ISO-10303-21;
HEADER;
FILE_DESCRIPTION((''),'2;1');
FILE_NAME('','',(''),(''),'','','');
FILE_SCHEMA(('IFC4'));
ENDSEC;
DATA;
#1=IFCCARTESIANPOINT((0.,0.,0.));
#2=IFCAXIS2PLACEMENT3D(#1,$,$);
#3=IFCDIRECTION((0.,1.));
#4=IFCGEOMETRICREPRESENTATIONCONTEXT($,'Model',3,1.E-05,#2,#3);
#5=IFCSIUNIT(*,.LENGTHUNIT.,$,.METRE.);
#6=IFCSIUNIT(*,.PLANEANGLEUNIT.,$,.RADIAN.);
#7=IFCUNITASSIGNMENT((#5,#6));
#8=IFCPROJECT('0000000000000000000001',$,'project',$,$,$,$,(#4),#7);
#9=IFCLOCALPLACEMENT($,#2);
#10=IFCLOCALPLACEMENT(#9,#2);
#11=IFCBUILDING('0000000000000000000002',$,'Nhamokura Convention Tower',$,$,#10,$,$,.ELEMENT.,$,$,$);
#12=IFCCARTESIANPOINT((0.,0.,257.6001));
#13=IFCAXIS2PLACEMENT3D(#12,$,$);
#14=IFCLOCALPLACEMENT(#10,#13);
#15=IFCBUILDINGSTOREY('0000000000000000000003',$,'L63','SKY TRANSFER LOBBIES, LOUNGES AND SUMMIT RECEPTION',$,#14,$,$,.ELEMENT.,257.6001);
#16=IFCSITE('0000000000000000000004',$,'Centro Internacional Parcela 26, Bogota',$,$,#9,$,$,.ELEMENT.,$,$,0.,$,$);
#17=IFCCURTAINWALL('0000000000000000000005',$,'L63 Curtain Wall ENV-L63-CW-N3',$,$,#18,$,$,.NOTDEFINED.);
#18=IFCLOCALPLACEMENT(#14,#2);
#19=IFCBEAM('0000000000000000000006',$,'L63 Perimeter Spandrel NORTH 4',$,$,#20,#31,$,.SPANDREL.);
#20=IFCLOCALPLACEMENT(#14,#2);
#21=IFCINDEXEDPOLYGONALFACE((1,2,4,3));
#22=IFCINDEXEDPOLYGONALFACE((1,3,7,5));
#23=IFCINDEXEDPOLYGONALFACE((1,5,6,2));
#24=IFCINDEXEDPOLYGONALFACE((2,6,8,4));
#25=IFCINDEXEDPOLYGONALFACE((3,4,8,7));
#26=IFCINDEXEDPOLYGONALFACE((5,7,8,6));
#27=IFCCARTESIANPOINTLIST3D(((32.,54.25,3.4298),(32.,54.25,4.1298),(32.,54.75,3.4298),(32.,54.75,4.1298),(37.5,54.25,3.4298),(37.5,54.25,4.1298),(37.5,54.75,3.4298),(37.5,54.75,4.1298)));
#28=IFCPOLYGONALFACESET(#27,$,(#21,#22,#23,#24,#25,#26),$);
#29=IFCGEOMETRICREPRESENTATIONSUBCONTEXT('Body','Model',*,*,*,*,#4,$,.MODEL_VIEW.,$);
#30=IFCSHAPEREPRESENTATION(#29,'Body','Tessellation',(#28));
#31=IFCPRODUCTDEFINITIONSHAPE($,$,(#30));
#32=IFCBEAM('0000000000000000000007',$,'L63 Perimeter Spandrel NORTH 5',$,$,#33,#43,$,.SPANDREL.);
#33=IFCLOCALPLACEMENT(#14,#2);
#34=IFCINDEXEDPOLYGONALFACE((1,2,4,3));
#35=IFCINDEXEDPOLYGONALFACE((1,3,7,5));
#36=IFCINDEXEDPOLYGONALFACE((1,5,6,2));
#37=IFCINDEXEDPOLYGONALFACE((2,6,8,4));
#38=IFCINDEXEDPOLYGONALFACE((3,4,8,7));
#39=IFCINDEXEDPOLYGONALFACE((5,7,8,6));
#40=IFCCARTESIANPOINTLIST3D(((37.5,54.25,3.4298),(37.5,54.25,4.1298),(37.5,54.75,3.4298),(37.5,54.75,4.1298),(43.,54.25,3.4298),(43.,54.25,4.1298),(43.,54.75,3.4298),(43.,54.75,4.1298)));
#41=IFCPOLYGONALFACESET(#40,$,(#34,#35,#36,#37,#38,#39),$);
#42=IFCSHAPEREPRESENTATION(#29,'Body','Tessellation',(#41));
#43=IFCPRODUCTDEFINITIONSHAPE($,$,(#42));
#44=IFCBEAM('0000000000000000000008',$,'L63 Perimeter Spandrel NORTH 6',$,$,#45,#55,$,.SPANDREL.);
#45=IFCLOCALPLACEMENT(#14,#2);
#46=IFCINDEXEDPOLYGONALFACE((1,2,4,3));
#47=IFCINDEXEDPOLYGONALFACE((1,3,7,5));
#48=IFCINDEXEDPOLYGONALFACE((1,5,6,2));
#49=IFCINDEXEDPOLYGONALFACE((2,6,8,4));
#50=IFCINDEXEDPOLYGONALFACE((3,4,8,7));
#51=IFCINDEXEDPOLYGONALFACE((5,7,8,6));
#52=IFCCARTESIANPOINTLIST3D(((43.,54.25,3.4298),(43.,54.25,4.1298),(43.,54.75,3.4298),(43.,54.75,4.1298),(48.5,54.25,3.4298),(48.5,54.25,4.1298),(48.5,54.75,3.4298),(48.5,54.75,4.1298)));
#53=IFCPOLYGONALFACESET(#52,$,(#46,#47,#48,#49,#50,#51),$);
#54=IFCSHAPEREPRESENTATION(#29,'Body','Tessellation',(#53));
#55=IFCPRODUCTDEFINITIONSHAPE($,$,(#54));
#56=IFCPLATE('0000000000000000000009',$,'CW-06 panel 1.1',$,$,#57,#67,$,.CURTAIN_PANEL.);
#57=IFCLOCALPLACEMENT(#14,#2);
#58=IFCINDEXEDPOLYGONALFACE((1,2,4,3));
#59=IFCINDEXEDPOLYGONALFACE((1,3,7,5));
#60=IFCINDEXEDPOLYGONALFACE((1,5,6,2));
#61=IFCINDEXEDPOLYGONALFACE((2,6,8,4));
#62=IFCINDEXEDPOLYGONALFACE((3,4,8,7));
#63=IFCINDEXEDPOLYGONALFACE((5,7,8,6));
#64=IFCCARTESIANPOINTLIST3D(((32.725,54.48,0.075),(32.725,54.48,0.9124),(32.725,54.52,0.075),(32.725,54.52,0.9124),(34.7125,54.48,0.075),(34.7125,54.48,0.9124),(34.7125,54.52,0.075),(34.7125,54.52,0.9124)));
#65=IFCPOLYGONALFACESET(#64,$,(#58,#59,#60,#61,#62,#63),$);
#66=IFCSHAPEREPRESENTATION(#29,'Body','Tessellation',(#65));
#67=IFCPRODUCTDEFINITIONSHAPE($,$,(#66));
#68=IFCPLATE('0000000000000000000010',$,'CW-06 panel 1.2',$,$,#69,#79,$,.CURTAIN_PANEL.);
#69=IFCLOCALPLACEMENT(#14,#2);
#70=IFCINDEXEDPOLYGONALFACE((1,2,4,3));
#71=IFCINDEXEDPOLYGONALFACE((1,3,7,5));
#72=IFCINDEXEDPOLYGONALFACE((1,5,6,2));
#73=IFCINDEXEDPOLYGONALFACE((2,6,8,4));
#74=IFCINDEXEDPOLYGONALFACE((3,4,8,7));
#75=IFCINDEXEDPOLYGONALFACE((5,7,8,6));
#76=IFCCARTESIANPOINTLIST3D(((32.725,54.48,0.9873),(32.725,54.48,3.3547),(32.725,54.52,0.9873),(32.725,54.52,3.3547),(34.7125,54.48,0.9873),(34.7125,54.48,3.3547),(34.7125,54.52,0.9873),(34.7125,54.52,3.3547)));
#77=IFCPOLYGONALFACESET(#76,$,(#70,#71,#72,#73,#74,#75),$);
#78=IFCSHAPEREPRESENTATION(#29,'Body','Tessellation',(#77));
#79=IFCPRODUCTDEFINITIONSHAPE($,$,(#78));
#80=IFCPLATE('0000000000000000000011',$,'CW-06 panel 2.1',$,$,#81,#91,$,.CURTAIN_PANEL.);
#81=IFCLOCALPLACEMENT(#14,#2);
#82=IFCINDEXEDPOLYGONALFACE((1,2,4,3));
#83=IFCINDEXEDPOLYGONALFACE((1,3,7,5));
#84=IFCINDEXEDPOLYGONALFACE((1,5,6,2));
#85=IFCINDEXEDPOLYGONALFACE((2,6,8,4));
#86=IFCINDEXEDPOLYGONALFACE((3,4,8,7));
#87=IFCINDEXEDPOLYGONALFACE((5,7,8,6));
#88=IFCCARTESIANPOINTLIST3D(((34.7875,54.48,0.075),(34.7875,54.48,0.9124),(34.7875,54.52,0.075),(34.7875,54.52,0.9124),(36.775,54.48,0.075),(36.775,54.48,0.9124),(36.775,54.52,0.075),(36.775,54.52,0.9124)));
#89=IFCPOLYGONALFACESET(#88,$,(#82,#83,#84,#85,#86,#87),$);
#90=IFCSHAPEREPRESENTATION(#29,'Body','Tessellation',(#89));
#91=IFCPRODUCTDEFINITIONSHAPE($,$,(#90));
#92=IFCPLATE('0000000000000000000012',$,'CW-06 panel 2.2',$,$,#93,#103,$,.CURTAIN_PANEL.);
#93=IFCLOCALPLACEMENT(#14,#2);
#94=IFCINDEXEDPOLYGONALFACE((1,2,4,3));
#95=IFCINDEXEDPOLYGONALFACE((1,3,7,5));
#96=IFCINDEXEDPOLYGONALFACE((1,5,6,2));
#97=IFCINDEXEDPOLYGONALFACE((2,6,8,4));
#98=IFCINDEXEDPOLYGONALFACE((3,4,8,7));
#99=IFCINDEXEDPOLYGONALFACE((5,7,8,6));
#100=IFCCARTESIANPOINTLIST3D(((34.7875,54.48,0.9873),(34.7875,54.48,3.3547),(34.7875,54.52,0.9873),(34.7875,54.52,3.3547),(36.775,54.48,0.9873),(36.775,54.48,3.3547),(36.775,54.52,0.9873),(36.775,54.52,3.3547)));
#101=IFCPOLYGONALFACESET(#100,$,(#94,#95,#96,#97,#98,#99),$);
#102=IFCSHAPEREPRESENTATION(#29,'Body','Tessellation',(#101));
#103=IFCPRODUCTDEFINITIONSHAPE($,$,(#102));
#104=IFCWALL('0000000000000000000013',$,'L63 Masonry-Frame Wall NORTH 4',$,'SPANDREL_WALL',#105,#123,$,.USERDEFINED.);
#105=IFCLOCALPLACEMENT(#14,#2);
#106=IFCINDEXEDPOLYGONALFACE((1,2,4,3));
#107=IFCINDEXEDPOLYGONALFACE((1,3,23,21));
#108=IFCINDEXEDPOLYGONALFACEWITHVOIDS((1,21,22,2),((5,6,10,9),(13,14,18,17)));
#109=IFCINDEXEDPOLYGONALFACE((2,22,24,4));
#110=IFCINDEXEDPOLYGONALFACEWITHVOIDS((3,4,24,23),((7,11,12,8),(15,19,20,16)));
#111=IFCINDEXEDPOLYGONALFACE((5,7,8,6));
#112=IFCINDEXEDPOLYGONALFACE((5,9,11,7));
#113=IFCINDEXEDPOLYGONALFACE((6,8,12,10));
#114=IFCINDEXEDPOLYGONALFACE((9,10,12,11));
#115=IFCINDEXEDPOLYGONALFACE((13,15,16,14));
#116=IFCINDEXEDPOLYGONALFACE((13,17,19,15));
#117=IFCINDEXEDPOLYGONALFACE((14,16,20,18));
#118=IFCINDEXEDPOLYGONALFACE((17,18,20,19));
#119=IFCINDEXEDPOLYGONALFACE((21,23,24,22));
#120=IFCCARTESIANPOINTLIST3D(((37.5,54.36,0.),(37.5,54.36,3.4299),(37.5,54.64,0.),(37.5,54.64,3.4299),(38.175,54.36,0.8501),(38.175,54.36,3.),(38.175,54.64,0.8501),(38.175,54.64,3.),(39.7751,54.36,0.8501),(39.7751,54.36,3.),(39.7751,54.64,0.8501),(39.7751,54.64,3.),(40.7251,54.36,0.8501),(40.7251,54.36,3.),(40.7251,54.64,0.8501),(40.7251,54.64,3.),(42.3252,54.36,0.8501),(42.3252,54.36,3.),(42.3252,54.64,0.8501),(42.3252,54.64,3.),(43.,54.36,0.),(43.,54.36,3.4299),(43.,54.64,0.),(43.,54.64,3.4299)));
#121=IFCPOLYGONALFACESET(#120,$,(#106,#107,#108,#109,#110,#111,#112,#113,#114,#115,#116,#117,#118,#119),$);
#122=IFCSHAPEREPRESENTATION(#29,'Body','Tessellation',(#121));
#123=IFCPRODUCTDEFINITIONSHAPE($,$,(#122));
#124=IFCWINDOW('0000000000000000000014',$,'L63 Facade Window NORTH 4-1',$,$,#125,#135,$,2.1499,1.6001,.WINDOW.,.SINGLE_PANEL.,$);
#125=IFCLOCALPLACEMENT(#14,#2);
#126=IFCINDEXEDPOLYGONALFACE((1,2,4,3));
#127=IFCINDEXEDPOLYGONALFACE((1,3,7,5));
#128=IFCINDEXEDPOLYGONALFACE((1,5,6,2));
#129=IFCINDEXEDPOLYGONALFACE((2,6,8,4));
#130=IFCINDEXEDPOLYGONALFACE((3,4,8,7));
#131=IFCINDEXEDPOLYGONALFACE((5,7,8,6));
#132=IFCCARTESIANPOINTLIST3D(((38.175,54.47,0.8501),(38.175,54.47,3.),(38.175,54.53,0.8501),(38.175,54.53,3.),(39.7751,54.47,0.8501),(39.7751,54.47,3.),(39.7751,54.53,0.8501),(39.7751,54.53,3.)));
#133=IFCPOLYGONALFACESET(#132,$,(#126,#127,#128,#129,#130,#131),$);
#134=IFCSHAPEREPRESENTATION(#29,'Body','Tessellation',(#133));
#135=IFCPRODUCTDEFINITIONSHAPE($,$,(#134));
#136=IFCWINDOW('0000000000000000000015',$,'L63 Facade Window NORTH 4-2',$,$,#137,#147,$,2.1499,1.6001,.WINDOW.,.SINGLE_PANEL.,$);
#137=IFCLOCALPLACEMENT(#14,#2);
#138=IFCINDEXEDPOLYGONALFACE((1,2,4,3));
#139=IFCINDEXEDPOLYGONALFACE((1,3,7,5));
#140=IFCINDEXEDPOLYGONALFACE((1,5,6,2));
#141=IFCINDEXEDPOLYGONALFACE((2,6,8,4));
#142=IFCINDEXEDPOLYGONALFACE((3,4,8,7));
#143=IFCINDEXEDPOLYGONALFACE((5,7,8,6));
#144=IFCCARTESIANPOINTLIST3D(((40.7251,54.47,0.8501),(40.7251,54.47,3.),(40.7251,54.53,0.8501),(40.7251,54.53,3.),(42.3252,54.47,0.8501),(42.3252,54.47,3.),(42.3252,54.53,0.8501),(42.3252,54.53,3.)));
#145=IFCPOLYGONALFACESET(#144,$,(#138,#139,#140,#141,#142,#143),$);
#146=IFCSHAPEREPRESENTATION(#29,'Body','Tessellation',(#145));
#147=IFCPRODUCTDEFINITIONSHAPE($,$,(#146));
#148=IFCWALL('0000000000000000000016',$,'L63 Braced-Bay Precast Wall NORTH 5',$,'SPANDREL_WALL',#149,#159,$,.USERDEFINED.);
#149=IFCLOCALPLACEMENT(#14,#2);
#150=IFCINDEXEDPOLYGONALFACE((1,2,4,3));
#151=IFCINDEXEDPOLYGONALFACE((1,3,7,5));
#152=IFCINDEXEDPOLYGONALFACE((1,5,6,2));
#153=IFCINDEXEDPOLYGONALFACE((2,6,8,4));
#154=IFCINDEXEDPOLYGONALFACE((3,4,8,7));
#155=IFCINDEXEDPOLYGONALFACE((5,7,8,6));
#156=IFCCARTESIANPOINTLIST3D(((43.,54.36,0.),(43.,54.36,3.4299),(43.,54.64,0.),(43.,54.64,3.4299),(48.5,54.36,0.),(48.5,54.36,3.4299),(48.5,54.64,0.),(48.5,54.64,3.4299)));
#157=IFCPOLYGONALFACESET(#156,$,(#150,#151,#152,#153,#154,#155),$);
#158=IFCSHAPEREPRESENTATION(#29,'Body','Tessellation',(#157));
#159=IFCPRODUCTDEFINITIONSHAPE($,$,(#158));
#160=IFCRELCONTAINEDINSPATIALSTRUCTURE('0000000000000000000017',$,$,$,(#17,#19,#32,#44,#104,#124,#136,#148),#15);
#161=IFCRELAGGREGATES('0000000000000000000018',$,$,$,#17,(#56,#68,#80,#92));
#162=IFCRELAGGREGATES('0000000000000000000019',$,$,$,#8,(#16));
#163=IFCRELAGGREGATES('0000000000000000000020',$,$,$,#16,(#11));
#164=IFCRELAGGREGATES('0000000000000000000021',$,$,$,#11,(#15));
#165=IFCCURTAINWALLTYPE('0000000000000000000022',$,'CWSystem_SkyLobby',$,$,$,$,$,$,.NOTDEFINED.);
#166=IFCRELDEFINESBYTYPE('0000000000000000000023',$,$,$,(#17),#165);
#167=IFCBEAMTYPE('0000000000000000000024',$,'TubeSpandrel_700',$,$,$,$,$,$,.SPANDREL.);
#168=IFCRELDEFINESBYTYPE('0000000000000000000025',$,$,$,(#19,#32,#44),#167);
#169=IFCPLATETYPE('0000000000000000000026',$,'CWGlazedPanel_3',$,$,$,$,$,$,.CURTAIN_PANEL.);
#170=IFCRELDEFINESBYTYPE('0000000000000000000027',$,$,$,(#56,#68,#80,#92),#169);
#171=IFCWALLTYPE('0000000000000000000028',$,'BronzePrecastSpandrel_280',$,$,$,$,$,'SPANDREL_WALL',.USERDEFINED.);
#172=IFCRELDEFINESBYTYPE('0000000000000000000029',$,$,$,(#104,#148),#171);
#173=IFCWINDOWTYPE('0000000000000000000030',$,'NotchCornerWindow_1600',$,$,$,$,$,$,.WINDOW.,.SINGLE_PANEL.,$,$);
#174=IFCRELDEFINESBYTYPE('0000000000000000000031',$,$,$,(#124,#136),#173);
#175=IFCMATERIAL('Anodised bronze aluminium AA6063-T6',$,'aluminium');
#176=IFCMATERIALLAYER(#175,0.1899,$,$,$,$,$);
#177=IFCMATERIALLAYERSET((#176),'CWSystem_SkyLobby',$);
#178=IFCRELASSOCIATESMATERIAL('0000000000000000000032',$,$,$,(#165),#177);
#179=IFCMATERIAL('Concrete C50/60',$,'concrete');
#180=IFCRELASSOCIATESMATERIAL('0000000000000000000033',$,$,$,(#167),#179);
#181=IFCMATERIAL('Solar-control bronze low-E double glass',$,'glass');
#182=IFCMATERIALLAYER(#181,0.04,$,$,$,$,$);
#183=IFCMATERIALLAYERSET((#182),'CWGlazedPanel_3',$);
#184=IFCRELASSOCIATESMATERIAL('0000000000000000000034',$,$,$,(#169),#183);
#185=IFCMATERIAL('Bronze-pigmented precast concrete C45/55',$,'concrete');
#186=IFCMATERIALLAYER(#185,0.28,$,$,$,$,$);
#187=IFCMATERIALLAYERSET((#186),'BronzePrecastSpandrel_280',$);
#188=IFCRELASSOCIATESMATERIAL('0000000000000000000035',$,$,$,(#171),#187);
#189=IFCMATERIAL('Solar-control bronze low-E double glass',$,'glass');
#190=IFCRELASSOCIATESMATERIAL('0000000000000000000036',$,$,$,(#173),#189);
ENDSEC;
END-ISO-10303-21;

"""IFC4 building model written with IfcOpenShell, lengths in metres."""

from ifc_helpers import new_model, si_unit, direction, frame, frame_2d, origin, origin_2d, place, context, subcontext, project, spatial, rectangle, extrude, material, layer, layer_set, material_profile, profile_set, type_object, element, fill, aggregate, save


model = new_model("IFC4")

# Units and contexts
model_context = context("Model", 3, precision=1e-05, world=origin(), true_north=direction((0.0, 1.0)))
body_context = subcontext(model_context, "Body", "Model", "MODEL_VIEW")
ifc_project = project(units=[si_unit("LENGTHUNIT", "METRE"), si_unit("PLANEANGLEUNIT", "RADIAN")], contexts=[model_context])

# Site, building, storey
site_placement = place(None, origin())
site = spatial("IfcSite", under=ifc_project, at=site_placement, Name="Centro Internacional Parcela 26, Bogota", CompositionType="ELEMENT", RefElevation=0.0)
building_placement = place(site_placement, origin())
building = spatial("IfcBuilding", under=site, at=building_placement, Name="Nhamokura Convention Tower", CompositionType="ELEMENT")
storey_placement = place(building_placement, frame((0.0, 0.0, 257.6001)))
storey = spatial("IfcBuildingStorey", under=building, at=storey_placement, Name="L63", Description="SKY TRANSFER LOBBIES, LOUNGES AND SUMMIT RECEPTION", CompositionType="ELEMENT", Elevation=257.6001)

# Curtain wall
ifc_material_1 = material(Name="Anodised bronze aluminium AA6063-T6", Category="aluminium")
ifc_layer_1 = layer(ifc_material_1, 0.1899)
ifc_layer_set_1 = layer_set([ifc_layer_1], Name="CWSystem_SkyLobby")
curtain_wall_type = type_object("IfcCurtainWallType", Name="CWSystem_SkyLobby", PredefinedType="NOTDEFINED", material=ifc_layer_set_1)
curtain_wall_placement = place(storey_placement, origin())
curtain_wall = element("IfcCurtainWall", 1, at=curtain_wall_placement, inside=storey, type_object=curtain_wall_type, Name="L63 Curtain Wall ENV-L63-CW-N3", PredefinedType="NOTDEFINED")

# Beams
ifc_material_2 = material(Name="Concrete C50/60", Category="concrete")
ifc_material_profile_1 = material_profile(ifc_material_2, rectangle(XDim=0.5, YDim=0.7, at=origin_2d()))
ifc_profile_set_1 = profile_set([ifc_material_profile_1], Name="Concrete C50/60")
beam_type = type_object("IfcBeamType", Name="TubeSpandrel_700", PredefinedType="SPANDREL", material=ifc_profile_set_1)
for number, where, z_axis, x_axis, name in (
    (2, (32.0, 54.5, 3.7798), (1.0, 0.0, 0.0), (0.0, 1.0, 0.0), "L63 Perimeter Spandrel NORTH 4"),
    (3, (37.5, 54.5, 3.7798), (1.0, 0.0, 0.0), (0.0, 1.0, 0.0), "L63 Perimeter Spandrel NORTH 5"),
    (4, (43.0, 54.5, 3.7798), (1.0, 0.0, 0.0), (0.0, 1.0, 0.0), "L63 Perimeter Spandrel NORTH 6"),
):
    element("IfcBeam", number, at=place(storey_placement, frame(where, z_axis=z_axis, x_axis=x_axis)), inside=storey, type_object=beam_type, Name=name, PredefinedType="SPANDREL", context=body_context, shape_type="SweptSolid", body=[
        extrude(rectangle(XDim=0.5, YDim=0.7, at=origin_2d()), origin(), (0.0, 0.0, 1.0), 5.5),
    ])

# Plates
ifc_material_3 = material(Name="Solar-control bronze low-E double glass", Category="glass")
ifc_layer_2 = layer(ifc_material_3, 0.04)
ifc_layer_set_2 = layer_set([ifc_layer_2], Name="CWGlazedPanel_3")
plate_type = type_object("IfcPlateType", Name="CWGlazedPanel_3", PredefinedType="CURTAIN_PANEL", material=ifc_layer_set_2)
plate_1_placement = place(storey_placement, frame((33.7188, 54.5, 0.075), z_axis=(0.0, 0.0, 1.0), x_axis=(1.0, 0.0, 0.0)))
plate_1 = element("IfcPlate", 5, at=plate_1_placement, type_object=plate_type, Name="CW-06 panel 1.1", PredefinedType="CURTAIN_PANEL", context=body_context, shape_type="SweptSolid", body=[
    extrude(rectangle(XDim=1.9875, YDim=0.04, at=origin_2d()), origin(), (0.0, 0.0, 1.0), 0.8374),
])
plate_2_placement = place(storey_placement, frame((33.7188, 54.5, 0.9873), z_axis=(0.0, 0.0, 1.0), x_axis=(1.0, 0.0, 0.0)))
plate_2 = element("IfcPlate", 6, at=plate_2_placement, type_object=plate_type, Name="CW-06 panel 1.2", PredefinedType="CURTAIN_PANEL", context=body_context, shape_type="SweptSolid", body=[
    extrude(rectangle(XDim=1.9875, YDim=0.04, at=origin_2d()), origin(), (0.0, 0.0, 1.0), 2.3674),
])
plate_3_placement = place(storey_placement, frame((35.7812, 54.5, 0.075), z_axis=(0.0, 0.0, 1.0), x_axis=(1.0, 0.0, 0.0)))
plate_3 = element("IfcPlate", 7, at=plate_3_placement, type_object=plate_type, Name="CW-06 panel 2.1", PredefinedType="CURTAIN_PANEL", context=body_context, shape_type="SweptSolid", body=[
    extrude(rectangle(XDim=1.9875, YDim=0.04, at=origin_2d()), origin(), (0.0, 0.0, 1.0), 0.8374),
])
plate_4_placement = place(storey_placement, frame((35.7812, 54.5, 0.9873), z_axis=(0.0, 0.0, 1.0), x_axis=(1.0, 0.0, 0.0)))
plate_4 = element("IfcPlate", 8, at=plate_4_placement, type_object=plate_type, Name="CW-06 panel 2.2", PredefinedType="CURTAIN_PANEL", context=body_context, shape_type="SweptSolid", body=[
    extrude(rectangle(XDim=1.9875, YDim=0.04, at=origin_2d()), origin(), (0.0, 0.0, 1.0), 2.3674),
])
aggregate(curtain_wall, [plate_1, plate_2, plate_3, plate_4])

# Wall, openings, windows
ifc_material_4 = material(Name="Bronze-pigmented precast concrete C45/55", Category="concrete")
ifc_layer_3 = layer(ifc_material_4, 0.28)
ifc_layer_set_3 = layer_set([ifc_layer_3], Name="BronzePrecastSpandrel_280")
wall_type = type_object("IfcWallType", Name="BronzePrecastSpandrel_280", ElementType="SPANDREL_WALL", PredefinedType="USERDEFINED", material=ifc_layer_set_3)
wall_1_placement = place(storey_placement, frame((37.5, 54.5, 0.0), z_axis=(0.0, 0.0, 1.0), x_axis=(1.0, 0.0, 0.0)))
wall_1 = element("IfcWall", 9, at=wall_1_placement, inside=storey, type_object=wall_type, Name="L63 Masonry-Frame Wall NORTH 4", ObjectType="SPANDREL_WALL", PredefinedType="USERDEFINED", context=body_context, shape_type="SweptSolid", body=[
    extrude(rectangle(XDim=5.5, YDim=0.28, at=frame_2d((2.75, 0.0))), origin(), (0.0, 0.0, 1.0), 3.4299),
])
opening_1_placement = place(wall_1_placement, frame((0.675, 0.0, 0.8501)))
opening_1 = element("IfcOpeningElement", 10, at=opening_1_placement, cuts=wall_1, PredefinedType="OPENING", context=body_context, shape_type="SweptSolid", body=[
    extrude(rectangle(XDim=1.6001, YDim=2.1499, at=frame_2d((0.8, 1.075))), frame((0.0, 0.1499, 0.0), z_axis=(0.0, -1.0, 0.0), x_axis=(1.0, 0.0, 0.0)), (0.0, 0.0, 1.0), 0.3),
])
opening_2_placement = place(wall_1_placement, frame((3.2251, 0.0, 0.8501)))
opening_2 = element("IfcOpeningElement", 11, at=opening_2_placement, cuts=wall_1, PredefinedType="OPENING", context=body_context, shape_type="SweptSolid", body=[
    extrude(rectangle(XDim=1.6001, YDim=2.1499, at=frame_2d((0.8, 1.075))), frame((0.0, 0.1499, 0.0), z_axis=(0.0, -1.0, 0.0), x_axis=(1.0, 0.0, 0.0)), (0.0, 0.0, 1.0), 0.3),
])
ifc_material_5 = material(Name="Solar-control bronze low-E double glass", Category="glass")
window_type = type_object("IfcWindowType", Name="NotchCornerWindow_1600", PartitioningType="SINGLE_PANEL", PredefinedType="WINDOW", material=ifc_material_5)
window_1_placement = place(opening_1_placement, origin())
window_1 = element("IfcWindow", 12, at=window_1_placement, inside=storey, type_object=window_type, Name="L63 Facade Window NORTH 4-1", OverallHeight=2.1499, OverallWidth=1.6001, PartitioningType="SINGLE_PANEL", PredefinedType="WINDOW", context=body_context, shape_type="SweptSolid", body=[
    extrude(rectangle(XDim=1.6001, YDim=2.1499, at=frame_2d((0.8, 1.075))), frame((0.0, 0.03, 0.0), z_axis=(0.0, -1.0, 0.0), x_axis=(1.0, 0.0, 0.0)), (0.0, 0.0, 1.0), 0.0601),
])
fill(opening_1, window_1)
window_2_placement = place(opening_2_placement, origin())
window_2 = element("IfcWindow", 13, at=window_2_placement, inside=storey, type_object=window_type, Name="L63 Facade Window NORTH 4-2", OverallHeight=2.1499, OverallWidth=1.6001, PartitioningType="SINGLE_PANEL", PredefinedType="WINDOW", context=body_context, shape_type="SweptSolid", body=[
    extrude(rectangle(XDim=1.6001, YDim=2.1499, at=frame_2d((0.8, 1.075))), frame((0.0, 0.03, 0.0), z_axis=(0.0, -1.0, 0.0), x_axis=(1.0, 0.0, 0.0)), (0.0, 0.0, 1.0), 0.0601),
])
fill(opening_2, window_2)

# Wall
wall_2_placement = place(storey_placement, frame((43.0, 54.5, 0.0), z_axis=(0.0, 0.0, 1.0), x_axis=(1.0, 0.0, 0.0)))
element("IfcWall", 14, at=wall_2_placement, inside=storey, type_object=wall_type, Name="L63 Braced-Bay Precast Wall NORTH 5", ObjectType="SPANDREL_WALL", PredefinedType="USERDEFINED", context=body_context, shape_type="SweptSolid", body=[
    extrude(rectangle(XDim=5.5, YDim=0.28, at=frame_2d((2.75, 0.0))), origin(), (0.0, 0.0, 1.0), 3.4299),
])

save(model, "model.ifc")
